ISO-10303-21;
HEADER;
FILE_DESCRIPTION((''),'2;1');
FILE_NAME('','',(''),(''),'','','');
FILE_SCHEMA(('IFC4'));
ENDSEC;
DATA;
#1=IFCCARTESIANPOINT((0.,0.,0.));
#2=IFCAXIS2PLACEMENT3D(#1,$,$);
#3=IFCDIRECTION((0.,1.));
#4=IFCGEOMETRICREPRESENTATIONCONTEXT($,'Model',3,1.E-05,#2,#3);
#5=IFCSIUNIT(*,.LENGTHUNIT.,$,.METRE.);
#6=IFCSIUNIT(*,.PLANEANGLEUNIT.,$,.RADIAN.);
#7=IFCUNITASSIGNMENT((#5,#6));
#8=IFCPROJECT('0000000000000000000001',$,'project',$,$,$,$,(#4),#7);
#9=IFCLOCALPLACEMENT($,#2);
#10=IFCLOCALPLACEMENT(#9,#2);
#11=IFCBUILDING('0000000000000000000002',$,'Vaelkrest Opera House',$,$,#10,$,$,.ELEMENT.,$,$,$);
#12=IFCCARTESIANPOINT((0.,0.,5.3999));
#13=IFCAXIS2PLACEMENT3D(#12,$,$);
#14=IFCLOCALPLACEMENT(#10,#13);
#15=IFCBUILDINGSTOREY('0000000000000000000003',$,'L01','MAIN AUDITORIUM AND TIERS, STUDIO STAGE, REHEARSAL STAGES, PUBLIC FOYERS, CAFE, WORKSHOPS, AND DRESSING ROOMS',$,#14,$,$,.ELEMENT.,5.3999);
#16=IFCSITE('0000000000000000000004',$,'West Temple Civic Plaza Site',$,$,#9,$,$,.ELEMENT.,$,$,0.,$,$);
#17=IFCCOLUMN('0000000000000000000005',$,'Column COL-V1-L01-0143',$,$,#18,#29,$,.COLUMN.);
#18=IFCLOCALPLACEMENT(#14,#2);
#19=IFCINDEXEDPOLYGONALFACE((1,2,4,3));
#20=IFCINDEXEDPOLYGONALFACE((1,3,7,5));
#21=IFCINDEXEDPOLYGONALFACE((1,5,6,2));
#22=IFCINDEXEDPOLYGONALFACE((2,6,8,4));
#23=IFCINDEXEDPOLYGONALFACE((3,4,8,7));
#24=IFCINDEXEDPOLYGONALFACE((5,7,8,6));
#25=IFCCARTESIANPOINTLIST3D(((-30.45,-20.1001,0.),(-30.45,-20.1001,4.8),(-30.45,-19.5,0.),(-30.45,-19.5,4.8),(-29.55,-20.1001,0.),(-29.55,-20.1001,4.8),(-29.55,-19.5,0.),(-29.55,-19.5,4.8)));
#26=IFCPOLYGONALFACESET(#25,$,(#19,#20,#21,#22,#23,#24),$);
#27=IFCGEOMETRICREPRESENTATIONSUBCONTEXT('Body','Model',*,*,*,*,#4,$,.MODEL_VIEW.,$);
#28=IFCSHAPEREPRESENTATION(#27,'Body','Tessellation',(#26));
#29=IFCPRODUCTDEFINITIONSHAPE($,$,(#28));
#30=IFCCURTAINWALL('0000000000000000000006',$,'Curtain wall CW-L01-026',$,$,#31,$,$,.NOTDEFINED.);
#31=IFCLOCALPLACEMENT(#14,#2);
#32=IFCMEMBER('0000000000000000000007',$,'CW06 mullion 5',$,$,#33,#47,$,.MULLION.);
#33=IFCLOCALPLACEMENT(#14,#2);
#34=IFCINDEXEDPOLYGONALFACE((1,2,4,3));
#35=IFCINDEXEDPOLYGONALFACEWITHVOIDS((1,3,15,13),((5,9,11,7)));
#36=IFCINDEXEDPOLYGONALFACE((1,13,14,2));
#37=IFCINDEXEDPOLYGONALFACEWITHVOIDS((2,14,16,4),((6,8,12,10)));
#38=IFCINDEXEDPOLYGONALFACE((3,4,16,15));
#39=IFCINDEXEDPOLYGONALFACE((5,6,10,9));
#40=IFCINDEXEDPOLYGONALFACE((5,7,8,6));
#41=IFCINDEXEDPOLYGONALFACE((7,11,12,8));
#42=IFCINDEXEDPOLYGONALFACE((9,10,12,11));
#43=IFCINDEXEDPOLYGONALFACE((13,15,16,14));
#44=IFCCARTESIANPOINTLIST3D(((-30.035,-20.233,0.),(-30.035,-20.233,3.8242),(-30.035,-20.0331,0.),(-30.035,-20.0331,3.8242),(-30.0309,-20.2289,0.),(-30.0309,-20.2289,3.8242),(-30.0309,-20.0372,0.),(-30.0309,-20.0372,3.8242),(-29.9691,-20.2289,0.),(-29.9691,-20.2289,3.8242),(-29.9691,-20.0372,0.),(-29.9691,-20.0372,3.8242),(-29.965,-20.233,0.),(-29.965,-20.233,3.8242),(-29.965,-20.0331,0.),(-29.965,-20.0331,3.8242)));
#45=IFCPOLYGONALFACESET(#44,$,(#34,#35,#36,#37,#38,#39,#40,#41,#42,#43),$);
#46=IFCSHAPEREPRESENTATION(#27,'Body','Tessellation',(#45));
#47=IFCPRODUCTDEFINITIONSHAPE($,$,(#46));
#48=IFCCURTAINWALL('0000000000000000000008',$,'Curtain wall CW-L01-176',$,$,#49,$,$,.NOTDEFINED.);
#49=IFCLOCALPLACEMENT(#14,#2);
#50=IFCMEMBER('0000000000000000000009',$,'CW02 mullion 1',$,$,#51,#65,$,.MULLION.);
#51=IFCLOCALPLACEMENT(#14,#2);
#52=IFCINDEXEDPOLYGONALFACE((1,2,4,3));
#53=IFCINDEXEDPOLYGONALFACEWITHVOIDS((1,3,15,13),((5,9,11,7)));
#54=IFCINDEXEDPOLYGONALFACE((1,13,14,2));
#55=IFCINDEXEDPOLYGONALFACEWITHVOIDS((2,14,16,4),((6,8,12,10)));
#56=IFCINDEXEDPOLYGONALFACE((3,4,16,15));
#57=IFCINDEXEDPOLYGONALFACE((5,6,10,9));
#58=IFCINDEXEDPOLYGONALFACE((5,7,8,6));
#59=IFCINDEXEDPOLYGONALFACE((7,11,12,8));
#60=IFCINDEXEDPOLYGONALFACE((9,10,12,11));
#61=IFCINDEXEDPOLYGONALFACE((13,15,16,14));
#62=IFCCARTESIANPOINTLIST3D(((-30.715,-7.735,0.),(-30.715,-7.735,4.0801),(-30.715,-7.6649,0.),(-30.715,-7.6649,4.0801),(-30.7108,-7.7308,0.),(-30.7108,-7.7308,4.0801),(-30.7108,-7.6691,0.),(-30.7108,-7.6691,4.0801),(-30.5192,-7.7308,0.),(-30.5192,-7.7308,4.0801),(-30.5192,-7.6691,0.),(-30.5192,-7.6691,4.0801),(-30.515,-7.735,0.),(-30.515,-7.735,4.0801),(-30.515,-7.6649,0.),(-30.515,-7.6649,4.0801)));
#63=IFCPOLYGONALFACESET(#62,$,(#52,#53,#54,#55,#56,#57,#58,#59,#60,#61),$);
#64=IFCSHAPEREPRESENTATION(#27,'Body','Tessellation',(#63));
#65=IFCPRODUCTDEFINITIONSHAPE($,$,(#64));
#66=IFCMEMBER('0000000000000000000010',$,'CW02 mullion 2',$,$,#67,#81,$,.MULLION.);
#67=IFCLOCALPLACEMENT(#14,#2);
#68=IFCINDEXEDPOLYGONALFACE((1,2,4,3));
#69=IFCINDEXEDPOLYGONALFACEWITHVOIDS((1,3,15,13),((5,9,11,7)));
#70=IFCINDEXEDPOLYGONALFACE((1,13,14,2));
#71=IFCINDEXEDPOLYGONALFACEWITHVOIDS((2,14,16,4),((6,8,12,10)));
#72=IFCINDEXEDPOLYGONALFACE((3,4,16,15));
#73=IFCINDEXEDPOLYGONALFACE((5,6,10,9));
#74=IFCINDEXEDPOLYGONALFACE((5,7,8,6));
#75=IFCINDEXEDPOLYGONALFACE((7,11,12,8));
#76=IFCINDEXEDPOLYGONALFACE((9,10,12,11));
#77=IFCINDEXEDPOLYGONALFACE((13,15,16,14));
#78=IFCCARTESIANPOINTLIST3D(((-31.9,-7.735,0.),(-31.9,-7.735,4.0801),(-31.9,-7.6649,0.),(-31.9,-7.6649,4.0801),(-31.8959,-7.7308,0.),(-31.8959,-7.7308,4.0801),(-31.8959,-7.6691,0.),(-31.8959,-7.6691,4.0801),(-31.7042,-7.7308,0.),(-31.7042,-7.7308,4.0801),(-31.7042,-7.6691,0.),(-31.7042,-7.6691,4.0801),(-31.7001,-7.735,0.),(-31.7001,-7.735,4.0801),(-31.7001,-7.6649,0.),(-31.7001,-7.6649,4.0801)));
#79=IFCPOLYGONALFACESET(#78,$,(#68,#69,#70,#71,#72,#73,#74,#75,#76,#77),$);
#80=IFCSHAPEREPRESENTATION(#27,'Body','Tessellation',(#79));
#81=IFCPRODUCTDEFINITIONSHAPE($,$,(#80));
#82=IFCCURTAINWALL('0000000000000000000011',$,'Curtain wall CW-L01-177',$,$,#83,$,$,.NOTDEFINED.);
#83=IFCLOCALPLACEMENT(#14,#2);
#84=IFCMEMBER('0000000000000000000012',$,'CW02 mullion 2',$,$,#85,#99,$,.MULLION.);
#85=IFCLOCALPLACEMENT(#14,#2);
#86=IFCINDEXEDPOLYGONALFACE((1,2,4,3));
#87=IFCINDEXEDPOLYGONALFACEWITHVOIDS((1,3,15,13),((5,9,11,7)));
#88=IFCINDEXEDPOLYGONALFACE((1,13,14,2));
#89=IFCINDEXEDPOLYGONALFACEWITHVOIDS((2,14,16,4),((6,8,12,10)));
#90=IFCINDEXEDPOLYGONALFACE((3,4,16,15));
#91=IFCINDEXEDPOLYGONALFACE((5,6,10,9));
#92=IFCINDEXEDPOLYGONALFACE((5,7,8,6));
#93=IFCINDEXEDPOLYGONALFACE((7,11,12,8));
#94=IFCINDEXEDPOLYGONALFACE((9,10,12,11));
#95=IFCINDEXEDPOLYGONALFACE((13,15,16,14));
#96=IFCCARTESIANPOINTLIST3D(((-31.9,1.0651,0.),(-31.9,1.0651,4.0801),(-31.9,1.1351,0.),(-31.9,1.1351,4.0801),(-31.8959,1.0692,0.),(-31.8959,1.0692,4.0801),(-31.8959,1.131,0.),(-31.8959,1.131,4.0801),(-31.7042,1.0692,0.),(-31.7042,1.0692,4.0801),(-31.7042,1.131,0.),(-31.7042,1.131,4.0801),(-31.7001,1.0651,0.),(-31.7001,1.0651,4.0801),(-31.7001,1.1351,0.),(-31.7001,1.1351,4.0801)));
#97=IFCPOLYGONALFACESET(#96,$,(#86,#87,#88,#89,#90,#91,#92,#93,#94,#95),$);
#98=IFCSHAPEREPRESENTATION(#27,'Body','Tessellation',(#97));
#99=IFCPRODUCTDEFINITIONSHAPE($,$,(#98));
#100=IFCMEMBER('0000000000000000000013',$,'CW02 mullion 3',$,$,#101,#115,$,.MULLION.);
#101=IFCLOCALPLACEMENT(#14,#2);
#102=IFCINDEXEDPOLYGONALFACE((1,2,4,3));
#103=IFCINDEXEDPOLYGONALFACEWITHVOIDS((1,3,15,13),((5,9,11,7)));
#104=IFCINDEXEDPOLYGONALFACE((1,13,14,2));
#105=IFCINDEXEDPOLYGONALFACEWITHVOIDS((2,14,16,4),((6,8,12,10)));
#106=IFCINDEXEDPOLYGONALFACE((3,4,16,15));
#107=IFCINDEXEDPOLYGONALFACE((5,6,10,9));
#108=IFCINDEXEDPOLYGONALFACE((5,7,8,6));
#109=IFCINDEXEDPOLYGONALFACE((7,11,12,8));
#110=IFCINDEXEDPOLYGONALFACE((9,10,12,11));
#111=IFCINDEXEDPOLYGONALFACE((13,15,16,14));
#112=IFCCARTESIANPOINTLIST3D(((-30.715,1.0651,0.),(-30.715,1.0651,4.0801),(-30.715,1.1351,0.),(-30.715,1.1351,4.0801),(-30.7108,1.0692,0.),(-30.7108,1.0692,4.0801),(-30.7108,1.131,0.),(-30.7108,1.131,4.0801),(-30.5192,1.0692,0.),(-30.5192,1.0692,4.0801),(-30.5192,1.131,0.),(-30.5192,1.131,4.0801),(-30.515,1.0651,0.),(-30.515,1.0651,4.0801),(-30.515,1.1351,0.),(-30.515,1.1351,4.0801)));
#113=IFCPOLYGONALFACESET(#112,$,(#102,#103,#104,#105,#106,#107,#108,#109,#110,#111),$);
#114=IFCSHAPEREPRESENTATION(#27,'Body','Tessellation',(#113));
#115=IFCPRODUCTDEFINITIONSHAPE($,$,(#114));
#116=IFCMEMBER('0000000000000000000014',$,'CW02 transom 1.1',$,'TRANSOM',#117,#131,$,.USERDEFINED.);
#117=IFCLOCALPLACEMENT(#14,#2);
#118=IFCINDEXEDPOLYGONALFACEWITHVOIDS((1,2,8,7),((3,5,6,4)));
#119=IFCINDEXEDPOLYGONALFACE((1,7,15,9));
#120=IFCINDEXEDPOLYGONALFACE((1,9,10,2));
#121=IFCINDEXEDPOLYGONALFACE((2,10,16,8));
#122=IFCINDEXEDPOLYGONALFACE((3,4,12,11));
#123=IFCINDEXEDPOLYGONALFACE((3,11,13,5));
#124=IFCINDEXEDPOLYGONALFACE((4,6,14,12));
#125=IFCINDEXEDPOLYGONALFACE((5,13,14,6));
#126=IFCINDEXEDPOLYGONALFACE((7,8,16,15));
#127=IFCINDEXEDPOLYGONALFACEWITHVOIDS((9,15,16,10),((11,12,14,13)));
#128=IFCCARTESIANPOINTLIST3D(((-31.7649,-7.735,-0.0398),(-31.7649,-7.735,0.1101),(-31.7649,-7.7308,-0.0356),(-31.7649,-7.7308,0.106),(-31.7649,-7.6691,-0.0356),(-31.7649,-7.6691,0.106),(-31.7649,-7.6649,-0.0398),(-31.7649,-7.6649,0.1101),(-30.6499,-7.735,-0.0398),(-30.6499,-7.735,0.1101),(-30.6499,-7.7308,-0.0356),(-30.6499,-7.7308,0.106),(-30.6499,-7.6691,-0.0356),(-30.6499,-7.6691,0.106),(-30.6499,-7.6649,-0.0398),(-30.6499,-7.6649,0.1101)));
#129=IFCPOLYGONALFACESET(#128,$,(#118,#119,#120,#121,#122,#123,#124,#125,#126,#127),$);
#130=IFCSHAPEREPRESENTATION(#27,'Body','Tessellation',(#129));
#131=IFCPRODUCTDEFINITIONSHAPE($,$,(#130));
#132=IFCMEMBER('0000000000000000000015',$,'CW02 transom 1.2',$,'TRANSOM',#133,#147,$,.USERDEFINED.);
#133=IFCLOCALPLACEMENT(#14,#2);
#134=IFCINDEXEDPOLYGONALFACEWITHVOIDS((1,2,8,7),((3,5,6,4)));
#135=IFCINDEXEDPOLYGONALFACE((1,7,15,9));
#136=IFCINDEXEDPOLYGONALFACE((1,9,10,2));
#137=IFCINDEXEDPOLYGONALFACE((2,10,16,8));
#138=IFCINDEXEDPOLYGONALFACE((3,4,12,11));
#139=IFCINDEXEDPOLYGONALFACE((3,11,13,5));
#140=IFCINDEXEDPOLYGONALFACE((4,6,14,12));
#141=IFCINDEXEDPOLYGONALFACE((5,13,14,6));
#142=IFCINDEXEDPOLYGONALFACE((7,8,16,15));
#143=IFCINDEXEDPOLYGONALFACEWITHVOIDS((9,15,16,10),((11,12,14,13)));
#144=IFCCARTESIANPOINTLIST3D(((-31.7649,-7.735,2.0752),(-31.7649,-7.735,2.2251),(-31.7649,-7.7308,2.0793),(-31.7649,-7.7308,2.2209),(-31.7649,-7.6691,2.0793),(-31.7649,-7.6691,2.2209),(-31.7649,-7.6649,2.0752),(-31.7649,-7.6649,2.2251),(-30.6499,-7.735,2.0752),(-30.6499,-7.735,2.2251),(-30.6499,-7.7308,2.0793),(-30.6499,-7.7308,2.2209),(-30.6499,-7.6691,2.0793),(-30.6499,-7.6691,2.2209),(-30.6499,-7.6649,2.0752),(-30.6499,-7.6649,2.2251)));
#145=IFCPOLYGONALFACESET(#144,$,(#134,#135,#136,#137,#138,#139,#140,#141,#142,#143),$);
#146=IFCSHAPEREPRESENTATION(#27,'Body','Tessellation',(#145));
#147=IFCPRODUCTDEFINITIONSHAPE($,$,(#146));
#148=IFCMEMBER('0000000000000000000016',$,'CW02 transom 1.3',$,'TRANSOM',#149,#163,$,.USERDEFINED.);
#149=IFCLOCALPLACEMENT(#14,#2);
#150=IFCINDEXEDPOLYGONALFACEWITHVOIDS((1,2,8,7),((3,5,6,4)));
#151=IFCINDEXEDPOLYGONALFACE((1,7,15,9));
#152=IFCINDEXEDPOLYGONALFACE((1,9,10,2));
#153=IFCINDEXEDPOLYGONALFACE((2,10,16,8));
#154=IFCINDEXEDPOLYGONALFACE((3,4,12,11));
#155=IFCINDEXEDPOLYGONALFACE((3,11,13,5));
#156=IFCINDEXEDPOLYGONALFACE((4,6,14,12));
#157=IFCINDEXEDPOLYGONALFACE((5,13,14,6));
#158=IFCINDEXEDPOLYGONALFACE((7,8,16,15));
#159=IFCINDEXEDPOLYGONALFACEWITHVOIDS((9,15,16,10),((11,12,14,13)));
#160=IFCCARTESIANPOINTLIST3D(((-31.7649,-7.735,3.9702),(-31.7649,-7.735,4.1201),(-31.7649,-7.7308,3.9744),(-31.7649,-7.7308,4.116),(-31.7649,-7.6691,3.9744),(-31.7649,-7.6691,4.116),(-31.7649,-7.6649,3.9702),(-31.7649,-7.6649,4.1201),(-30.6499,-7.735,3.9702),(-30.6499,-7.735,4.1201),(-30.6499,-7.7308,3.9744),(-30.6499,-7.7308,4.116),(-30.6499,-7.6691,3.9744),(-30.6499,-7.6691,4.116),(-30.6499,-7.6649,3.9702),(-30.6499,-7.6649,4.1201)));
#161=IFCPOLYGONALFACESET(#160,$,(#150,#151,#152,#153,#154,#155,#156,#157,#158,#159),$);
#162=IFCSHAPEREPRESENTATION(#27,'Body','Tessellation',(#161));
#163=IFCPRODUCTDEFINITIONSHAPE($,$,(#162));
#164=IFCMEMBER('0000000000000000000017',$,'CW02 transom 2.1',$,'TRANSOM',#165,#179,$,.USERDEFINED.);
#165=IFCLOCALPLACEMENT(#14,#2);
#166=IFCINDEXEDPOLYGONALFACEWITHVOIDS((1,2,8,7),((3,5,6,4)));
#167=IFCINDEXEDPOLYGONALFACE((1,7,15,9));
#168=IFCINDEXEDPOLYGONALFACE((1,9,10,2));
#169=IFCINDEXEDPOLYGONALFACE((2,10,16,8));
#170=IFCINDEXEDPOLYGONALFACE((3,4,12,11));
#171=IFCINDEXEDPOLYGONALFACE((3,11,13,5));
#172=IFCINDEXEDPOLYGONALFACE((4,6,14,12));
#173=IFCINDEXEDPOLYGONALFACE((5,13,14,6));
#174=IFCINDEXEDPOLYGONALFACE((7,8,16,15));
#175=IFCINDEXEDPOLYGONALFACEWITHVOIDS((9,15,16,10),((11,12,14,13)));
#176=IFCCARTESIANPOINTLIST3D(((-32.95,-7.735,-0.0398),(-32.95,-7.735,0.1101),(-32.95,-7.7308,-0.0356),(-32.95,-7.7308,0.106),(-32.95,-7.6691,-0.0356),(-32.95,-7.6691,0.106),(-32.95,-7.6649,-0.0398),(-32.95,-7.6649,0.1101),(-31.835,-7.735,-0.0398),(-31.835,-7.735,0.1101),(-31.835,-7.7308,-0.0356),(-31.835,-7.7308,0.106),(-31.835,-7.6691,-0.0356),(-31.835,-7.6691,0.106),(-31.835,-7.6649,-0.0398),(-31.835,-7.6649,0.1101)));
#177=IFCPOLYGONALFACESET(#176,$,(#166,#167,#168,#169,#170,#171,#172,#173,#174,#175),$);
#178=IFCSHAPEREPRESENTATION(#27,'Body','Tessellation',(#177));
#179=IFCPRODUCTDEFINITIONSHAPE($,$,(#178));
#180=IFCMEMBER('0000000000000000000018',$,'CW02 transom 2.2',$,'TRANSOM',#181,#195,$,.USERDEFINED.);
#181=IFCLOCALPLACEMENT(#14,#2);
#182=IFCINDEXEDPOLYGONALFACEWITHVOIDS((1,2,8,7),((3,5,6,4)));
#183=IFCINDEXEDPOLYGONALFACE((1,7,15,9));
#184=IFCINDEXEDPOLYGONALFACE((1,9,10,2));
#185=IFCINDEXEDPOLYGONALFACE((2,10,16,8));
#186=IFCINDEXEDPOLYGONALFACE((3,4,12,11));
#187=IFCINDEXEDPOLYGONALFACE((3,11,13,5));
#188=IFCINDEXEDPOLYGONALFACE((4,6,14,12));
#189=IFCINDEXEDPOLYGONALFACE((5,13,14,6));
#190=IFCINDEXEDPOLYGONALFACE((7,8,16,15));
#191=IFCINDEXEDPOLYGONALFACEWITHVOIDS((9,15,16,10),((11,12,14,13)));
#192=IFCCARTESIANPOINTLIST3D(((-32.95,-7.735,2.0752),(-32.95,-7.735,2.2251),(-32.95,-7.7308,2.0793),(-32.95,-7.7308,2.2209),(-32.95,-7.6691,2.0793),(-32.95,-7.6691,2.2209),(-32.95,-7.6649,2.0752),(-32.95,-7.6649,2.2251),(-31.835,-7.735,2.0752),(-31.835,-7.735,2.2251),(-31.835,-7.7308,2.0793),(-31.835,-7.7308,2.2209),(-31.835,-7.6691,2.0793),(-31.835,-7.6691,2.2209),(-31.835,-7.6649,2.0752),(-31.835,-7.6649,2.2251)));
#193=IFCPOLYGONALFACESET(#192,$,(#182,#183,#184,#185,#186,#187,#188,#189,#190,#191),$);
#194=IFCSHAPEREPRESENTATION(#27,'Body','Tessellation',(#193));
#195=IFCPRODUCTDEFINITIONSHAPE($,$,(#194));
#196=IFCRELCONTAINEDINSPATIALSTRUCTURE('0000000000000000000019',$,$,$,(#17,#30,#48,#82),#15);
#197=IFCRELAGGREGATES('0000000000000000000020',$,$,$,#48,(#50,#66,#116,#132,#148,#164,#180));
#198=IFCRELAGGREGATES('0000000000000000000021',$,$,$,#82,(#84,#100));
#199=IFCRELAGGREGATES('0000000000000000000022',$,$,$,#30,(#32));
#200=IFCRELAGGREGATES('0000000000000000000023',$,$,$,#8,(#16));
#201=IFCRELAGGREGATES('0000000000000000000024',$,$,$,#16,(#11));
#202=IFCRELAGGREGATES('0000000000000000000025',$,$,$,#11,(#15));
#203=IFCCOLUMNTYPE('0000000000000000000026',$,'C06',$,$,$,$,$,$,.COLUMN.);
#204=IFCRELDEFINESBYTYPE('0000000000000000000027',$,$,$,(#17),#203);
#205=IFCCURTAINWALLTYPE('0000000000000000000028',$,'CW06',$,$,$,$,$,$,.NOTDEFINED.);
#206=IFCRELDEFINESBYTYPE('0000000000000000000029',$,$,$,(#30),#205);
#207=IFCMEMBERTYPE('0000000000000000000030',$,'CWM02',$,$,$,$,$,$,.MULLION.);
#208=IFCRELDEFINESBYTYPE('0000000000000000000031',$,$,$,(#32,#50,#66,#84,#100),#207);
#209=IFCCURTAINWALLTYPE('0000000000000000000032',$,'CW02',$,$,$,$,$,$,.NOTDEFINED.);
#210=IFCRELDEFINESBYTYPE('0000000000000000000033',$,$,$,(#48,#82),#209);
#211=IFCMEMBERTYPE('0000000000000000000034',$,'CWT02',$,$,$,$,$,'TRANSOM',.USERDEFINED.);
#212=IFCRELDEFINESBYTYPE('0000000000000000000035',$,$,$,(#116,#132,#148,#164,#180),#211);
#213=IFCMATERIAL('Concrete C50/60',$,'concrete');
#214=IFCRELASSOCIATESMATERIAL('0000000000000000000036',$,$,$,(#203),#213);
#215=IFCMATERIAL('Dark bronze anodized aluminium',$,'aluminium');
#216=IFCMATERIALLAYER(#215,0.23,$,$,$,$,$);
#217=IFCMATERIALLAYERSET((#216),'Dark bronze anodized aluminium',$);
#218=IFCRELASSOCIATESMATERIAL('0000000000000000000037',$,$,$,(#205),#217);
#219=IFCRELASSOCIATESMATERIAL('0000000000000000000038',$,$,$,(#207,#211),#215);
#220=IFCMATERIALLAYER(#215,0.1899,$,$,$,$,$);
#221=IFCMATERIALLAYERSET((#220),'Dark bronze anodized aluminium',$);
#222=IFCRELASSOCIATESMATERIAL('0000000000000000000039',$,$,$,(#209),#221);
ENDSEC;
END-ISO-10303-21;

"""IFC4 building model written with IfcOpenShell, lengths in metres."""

from ifc_helpers import new_model, si_unit, direction, frame, origin, origin_2d, place, context, subcontext, project, spatial, rectangle, hollow_rectangle, extrude, material, layer, layer_set, material_profile, profile_set, type_object, element, aggregate, save


model = new_model("IFC4")

# Units and contexts
model_context = context("Model", 3, precision=1e-05, world=origin(), true_north=direction((0.0, 1.0)))
body_context = subcontext(model_context, "Body", "Model", "MODEL_VIEW")
ifc_project = project(units=[si_unit("LENGTHUNIT", "METRE"), si_unit("PLANEANGLEUNIT", "RADIAN")], contexts=[model_context])

# Site, building, storey
site_placement = place(None, origin())
site = spatial("IfcSite", under=ifc_project, at=site_placement, Name="West Temple Civic Plaza Site", CompositionType="ELEMENT", RefElevation=0.0)
building_placement = place(site_placement, origin())
building = spatial("IfcBuilding", under=site, at=building_placement, Name="Vaelkrest Opera House", CompositionType="ELEMENT")
storey_placement = place(building_placement, frame((0.0, 0.0, 5.3999)))
storey = spatial("IfcBuildingStorey", under=building, at=storey_placement, Name="L01", Description="MAIN AUDITORIUM AND TIERS, STUDIO STAGE, REHEARSAL STAGES, PUBLIC FOYERS, CAFE, WORKSHOPS, AND DRESSING ROOMS", CompositionType="ELEMENT", Elevation=5.3999)

# Column
ifc_material_1 = material(Name="Concrete C50/60", Category="concrete")
ifc_material_profile_1 = material_profile(ifc_material_1, rectangle(XDim=0.6001, YDim=0.8999, at=origin_2d()), Name="RC600X900")
ifc_profile_set_1 = profile_set([ifc_material_profile_1], Name="Concrete C50/60")
column_type = type_object("IfcColumnType", Name="C06", PredefinedType="COLUMN", material=ifc_profile_set_1)
column_placement = place(storey_placement, frame((-30.0, -19.8, 0.0), z_axis=(0.0, 0.0, 1.0), x_axis=(0.0, 1.0, 0.0)))
element("IfcColumn", 1, at=column_placement, inside=storey, type_object=column_type, Name="Column COL-V1-L01-0143", PredefinedType="COLUMN", context=body_context, shape_type="SweptSolid", body=[
    extrude(rectangle(XDim=0.6001, YDim=0.8999, at=origin_2d()), origin(), (0.0, 0.0, 1.0), 4.8),
])

# Curtain wall, member
ifc_material_2 = material(Name="Dark bronze anodized aluminium", Category="aluminium")
ifc_layer_1 = layer(ifc_material_2, 0.23)
ifc_layer_set_1 = layer_set([ifc_layer_1], Name="Dark bronze anodized aluminium")
curtain_wall_type_1 = type_object("IfcCurtainWallType", Name="CW06", PredefinedType="NOTDEFINED", material=ifc_layer_set_1)
curtain_wall_1_placement = place(storey_placement, origin())
curtain_wall_1 = element("IfcCurtainWall", 2, at=curtain_wall_1_placement, inside=storey, type_object=curtain_wall_type_1, Name="Curtain wall CW-L01-026", PredefinedType="NOTDEFINED")
ifc_material_profile_2 = material_profile(ifc_material_2, hollow_rectangle(XDim=0.0701, YDim=0.2, WallThickness=0.0042, at=origin_2d()), Name="CWM70X200")
ifc_profile_set_2 = profile_set([ifc_material_profile_2], Name="Dark bronze anodized aluminium")
member_type_1 = type_object("IfcMemberType", Name="CWM02", PredefinedType="MULLION", material=ifc_profile_set_2)
member_1_placement = place(storey_placement, frame((-30.0, -20.1331, 0.0), z_axis=(0.0, 0.0, 1.0), x_axis=(-1.0, 0.0, 0.0)))
member_1 = element("IfcMember", 3, at=member_1_placement, type_object=member_type_1, Name="CW06 mullion 5", PredefinedType="MULLION", context=body_context, shape_type="SweptSolid", body=[
    extrude(hollow_rectangle(XDim=0.0701, YDim=0.2, WallThickness=0.0042, at=origin_2d()), origin(), (0.0, 0.0, 1.0), 3.8242),
])

# Curtain walls, members
ifc_layer_2 = layer(ifc_material_2, 0.1899)
ifc_layer_set_2 = layer_set([ifc_layer_2], Name="Dark bronze anodized aluminium")
curtain_wall_type_2 = type_object("IfcCurtainWallType", Name="CW02", PredefinedType="NOTDEFINED", material=ifc_layer_set_2)
curtain_wall_2_placement = place(storey_placement, origin())
curtain_wall_2 = element("IfcCurtainWall", 4, at=curtain_wall_2_placement, inside=storey, type_object=curtain_wall_type_2, Name="Curtain wall CW-L01-176", PredefinedType="NOTDEFINED")
member_2_placement = place(storey_placement, frame((-30.615, -7.7, 0.0), z_axis=(0.0, 0.0, 1.0), x_axis=(0.0, -1.0, 0.0)))
member_2 = element("IfcMember", 5, at=member_2_placement, type_object=member_type_1, Name="CW02 mullion 1", PredefinedType="MULLION", context=body_context, shape_type="SweptSolid", body=[
    extrude(hollow_rectangle(XDim=0.0701, YDim=0.2, WallThickness=0.0042, at=origin_2d()), origin(), (0.0, 0.0, 1.0), 4.0801),
])
member_3_placement = place(storey_placement, frame((-31.8, -7.7, 0.0), z_axis=(0.0, 0.0, 1.0), x_axis=(0.0, -1.0, 0.0)))
member_3 = element("IfcMember", 6, at=member_3_placement, type_object=member_type_1, Name="CW02 mullion 2", PredefinedType="MULLION", context=body_context, shape_type="SweptSolid", body=[
    extrude(hollow_rectangle(XDim=0.0701, YDim=0.2, WallThickness=0.0042, at=origin_2d()), origin(), (0.0, 0.0, 1.0), 4.0801),
])
curtain_wall_3_placement = place(storey_placement, origin())
curtain_wall_3 = element("IfcCurtainWall", 7, at=curtain_wall_3_placement, inside=storey, type_object=curtain_wall_type_2, Name="Curtain wall CW-L01-177", PredefinedType="NOTDEFINED")
member_4_placement = place(storey_placement, frame((-31.8, 1.1001, 0.0), z_axis=(0.0, 0.0, 1.0), x_axis=(0.0, 1.0, 0.0)))
member_4 = element("IfcMember", 8, at=member_4_placement, type_object=member_type_1, Name="CW02 mullion 2", PredefinedType="MULLION", context=body_context, shape_type="SweptSolid", body=[
    extrude(hollow_rectangle(XDim=0.0701, YDim=0.2, WallThickness=0.0042, at=origin_2d()), origin(), (0.0, 0.0, 1.0), 4.0801),
])
member_5_placement = place(storey_placement, frame((-30.615, 1.1001, 0.0), z_axis=(0.0, 0.0, 1.0), x_axis=(0.0, 1.0, 0.0)))
member_5 = element("IfcMember", 9, at=member_5_placement, type_object=member_type_1, Name="CW02 mullion 3", PredefinedType="MULLION", context=body_context, shape_type="SweptSolid", body=[
    extrude(hollow_rectangle(XDim=0.0701, YDim=0.2, WallThickness=0.0042, at=origin_2d()), origin(), (0.0, 0.0, 1.0), 4.0801),
])

# Members
ifc_material_profile_3 = material_profile(ifc_material_2, hollow_rectangle(XDim=0.0701, YDim=0.1499, WallThickness=0.0042, at=origin_2d()), Name="CWT70X150")
ifc_profile_set_3 = profile_set([ifc_material_profile_3], Name="Dark bronze anodized aluminium")
member_type_2 = type_object("IfcMemberType", Name="CWT02", ElementType="TRANSOM", PredefinedType="USERDEFINED", material=ifc_profile_set_3)
member_6_placement = place(storey_placement, frame((-30.6499, -7.7, 0.0352), z_axis=(-1.0, 0.0, 0.0), x_axis=(0.0, -1.0, 0.0)))
member_6 = element("IfcMember", 10, at=member_6_placement, type_object=member_type_2, Name="CW02 transom 1.1", ObjectType="TRANSOM", PredefinedType="USERDEFINED", context=body_context, shape_type="SweptSolid", body=[
    extrude(hollow_rectangle(XDim=0.0701, YDim=0.1499, WallThickness=0.0042, at=origin_2d()), origin(), (0.0, 0.0, 1.0), 1.115),
])
member_7_placement = place(storey_placement, frame((-30.6499, -7.7, 2.1501), z_axis=(-1.0, 0.0, 0.0), x_axis=(0.0, -1.0, 0.0)))
member_7 = element("IfcMember", 11, at=member_7_placement, type_object=member_type_2, Name="CW02 transom 1.2", ObjectType="TRANSOM", PredefinedType="USERDEFINED", context=body_context, shape_type="SweptSolid", body=[
    extrude(hollow_rectangle(XDim=0.0701, YDim=0.1499, WallThickness=0.0042, at=origin_2d()), origin(), (0.0, 0.0, 1.0), 1.115),
])
member_8_placement = place(storey_placement, frame((-30.6499, -7.7, 4.0452), z_axis=(-1.0, 0.0, 0.0), x_axis=(0.0, -1.0, 0.0)))
member_8 = element("IfcMember", 12, at=member_8_placement, type_object=member_type_2, Name="CW02 transom 1.3", ObjectType="TRANSOM", PredefinedType="USERDEFINED", context=body_context, shape_type="SweptSolid", body=[
    extrude(hollow_rectangle(XDim=0.0701, YDim=0.1499, WallThickness=0.0042, at=origin_2d()), origin(), (0.0, 0.0, 1.0), 1.115),
])
member_9_placement = place(storey_placement, frame((-31.835, -7.7, 0.0352), z_axis=(-1.0, 0.0, 0.0), x_axis=(0.0, -1.0, 0.0)))
member_9 = element("IfcMember", 13, at=member_9_placement, type_object=member_type_2, Name="CW02 transom 2.1", ObjectType="TRANSOM", PredefinedType="USERDEFINED", context=body_context, shape_type="SweptSolid", body=[
    extrude(hollow_rectangle(XDim=0.0701, YDim=0.1499, WallThickness=0.0042, at=origin_2d()), origin(), (0.0, 0.0, 1.0), 1.115),
])
member_10_placement = place(storey_placement, frame((-31.835, -7.7, 2.1501), z_axis=(-1.0, 0.0, 0.0), x_axis=(0.0, -1.0, 0.0)))
member_10 = element("IfcMember", 14, at=member_10_placement, type_object=member_type_2, Name="CW02 transom 2.2", ObjectType="TRANSOM", PredefinedType="USERDEFINED", context=body_context, shape_type="SweptSolid", body=[
    extrude(hollow_rectangle(XDim=0.0701, YDim=0.1499, WallThickness=0.0042, at=origin_2d()), origin(), (0.0, 0.0, 1.0), 1.115),
])

aggregate(curtain_wall_2, [member_2, member_3, member_6, member_7, member_8, member_9, member_10])
aggregate(curtain_wall_3, [member_4, member_5])
aggregate(curtain_wall_1, [member_1])

save(model, "model.ifc")
